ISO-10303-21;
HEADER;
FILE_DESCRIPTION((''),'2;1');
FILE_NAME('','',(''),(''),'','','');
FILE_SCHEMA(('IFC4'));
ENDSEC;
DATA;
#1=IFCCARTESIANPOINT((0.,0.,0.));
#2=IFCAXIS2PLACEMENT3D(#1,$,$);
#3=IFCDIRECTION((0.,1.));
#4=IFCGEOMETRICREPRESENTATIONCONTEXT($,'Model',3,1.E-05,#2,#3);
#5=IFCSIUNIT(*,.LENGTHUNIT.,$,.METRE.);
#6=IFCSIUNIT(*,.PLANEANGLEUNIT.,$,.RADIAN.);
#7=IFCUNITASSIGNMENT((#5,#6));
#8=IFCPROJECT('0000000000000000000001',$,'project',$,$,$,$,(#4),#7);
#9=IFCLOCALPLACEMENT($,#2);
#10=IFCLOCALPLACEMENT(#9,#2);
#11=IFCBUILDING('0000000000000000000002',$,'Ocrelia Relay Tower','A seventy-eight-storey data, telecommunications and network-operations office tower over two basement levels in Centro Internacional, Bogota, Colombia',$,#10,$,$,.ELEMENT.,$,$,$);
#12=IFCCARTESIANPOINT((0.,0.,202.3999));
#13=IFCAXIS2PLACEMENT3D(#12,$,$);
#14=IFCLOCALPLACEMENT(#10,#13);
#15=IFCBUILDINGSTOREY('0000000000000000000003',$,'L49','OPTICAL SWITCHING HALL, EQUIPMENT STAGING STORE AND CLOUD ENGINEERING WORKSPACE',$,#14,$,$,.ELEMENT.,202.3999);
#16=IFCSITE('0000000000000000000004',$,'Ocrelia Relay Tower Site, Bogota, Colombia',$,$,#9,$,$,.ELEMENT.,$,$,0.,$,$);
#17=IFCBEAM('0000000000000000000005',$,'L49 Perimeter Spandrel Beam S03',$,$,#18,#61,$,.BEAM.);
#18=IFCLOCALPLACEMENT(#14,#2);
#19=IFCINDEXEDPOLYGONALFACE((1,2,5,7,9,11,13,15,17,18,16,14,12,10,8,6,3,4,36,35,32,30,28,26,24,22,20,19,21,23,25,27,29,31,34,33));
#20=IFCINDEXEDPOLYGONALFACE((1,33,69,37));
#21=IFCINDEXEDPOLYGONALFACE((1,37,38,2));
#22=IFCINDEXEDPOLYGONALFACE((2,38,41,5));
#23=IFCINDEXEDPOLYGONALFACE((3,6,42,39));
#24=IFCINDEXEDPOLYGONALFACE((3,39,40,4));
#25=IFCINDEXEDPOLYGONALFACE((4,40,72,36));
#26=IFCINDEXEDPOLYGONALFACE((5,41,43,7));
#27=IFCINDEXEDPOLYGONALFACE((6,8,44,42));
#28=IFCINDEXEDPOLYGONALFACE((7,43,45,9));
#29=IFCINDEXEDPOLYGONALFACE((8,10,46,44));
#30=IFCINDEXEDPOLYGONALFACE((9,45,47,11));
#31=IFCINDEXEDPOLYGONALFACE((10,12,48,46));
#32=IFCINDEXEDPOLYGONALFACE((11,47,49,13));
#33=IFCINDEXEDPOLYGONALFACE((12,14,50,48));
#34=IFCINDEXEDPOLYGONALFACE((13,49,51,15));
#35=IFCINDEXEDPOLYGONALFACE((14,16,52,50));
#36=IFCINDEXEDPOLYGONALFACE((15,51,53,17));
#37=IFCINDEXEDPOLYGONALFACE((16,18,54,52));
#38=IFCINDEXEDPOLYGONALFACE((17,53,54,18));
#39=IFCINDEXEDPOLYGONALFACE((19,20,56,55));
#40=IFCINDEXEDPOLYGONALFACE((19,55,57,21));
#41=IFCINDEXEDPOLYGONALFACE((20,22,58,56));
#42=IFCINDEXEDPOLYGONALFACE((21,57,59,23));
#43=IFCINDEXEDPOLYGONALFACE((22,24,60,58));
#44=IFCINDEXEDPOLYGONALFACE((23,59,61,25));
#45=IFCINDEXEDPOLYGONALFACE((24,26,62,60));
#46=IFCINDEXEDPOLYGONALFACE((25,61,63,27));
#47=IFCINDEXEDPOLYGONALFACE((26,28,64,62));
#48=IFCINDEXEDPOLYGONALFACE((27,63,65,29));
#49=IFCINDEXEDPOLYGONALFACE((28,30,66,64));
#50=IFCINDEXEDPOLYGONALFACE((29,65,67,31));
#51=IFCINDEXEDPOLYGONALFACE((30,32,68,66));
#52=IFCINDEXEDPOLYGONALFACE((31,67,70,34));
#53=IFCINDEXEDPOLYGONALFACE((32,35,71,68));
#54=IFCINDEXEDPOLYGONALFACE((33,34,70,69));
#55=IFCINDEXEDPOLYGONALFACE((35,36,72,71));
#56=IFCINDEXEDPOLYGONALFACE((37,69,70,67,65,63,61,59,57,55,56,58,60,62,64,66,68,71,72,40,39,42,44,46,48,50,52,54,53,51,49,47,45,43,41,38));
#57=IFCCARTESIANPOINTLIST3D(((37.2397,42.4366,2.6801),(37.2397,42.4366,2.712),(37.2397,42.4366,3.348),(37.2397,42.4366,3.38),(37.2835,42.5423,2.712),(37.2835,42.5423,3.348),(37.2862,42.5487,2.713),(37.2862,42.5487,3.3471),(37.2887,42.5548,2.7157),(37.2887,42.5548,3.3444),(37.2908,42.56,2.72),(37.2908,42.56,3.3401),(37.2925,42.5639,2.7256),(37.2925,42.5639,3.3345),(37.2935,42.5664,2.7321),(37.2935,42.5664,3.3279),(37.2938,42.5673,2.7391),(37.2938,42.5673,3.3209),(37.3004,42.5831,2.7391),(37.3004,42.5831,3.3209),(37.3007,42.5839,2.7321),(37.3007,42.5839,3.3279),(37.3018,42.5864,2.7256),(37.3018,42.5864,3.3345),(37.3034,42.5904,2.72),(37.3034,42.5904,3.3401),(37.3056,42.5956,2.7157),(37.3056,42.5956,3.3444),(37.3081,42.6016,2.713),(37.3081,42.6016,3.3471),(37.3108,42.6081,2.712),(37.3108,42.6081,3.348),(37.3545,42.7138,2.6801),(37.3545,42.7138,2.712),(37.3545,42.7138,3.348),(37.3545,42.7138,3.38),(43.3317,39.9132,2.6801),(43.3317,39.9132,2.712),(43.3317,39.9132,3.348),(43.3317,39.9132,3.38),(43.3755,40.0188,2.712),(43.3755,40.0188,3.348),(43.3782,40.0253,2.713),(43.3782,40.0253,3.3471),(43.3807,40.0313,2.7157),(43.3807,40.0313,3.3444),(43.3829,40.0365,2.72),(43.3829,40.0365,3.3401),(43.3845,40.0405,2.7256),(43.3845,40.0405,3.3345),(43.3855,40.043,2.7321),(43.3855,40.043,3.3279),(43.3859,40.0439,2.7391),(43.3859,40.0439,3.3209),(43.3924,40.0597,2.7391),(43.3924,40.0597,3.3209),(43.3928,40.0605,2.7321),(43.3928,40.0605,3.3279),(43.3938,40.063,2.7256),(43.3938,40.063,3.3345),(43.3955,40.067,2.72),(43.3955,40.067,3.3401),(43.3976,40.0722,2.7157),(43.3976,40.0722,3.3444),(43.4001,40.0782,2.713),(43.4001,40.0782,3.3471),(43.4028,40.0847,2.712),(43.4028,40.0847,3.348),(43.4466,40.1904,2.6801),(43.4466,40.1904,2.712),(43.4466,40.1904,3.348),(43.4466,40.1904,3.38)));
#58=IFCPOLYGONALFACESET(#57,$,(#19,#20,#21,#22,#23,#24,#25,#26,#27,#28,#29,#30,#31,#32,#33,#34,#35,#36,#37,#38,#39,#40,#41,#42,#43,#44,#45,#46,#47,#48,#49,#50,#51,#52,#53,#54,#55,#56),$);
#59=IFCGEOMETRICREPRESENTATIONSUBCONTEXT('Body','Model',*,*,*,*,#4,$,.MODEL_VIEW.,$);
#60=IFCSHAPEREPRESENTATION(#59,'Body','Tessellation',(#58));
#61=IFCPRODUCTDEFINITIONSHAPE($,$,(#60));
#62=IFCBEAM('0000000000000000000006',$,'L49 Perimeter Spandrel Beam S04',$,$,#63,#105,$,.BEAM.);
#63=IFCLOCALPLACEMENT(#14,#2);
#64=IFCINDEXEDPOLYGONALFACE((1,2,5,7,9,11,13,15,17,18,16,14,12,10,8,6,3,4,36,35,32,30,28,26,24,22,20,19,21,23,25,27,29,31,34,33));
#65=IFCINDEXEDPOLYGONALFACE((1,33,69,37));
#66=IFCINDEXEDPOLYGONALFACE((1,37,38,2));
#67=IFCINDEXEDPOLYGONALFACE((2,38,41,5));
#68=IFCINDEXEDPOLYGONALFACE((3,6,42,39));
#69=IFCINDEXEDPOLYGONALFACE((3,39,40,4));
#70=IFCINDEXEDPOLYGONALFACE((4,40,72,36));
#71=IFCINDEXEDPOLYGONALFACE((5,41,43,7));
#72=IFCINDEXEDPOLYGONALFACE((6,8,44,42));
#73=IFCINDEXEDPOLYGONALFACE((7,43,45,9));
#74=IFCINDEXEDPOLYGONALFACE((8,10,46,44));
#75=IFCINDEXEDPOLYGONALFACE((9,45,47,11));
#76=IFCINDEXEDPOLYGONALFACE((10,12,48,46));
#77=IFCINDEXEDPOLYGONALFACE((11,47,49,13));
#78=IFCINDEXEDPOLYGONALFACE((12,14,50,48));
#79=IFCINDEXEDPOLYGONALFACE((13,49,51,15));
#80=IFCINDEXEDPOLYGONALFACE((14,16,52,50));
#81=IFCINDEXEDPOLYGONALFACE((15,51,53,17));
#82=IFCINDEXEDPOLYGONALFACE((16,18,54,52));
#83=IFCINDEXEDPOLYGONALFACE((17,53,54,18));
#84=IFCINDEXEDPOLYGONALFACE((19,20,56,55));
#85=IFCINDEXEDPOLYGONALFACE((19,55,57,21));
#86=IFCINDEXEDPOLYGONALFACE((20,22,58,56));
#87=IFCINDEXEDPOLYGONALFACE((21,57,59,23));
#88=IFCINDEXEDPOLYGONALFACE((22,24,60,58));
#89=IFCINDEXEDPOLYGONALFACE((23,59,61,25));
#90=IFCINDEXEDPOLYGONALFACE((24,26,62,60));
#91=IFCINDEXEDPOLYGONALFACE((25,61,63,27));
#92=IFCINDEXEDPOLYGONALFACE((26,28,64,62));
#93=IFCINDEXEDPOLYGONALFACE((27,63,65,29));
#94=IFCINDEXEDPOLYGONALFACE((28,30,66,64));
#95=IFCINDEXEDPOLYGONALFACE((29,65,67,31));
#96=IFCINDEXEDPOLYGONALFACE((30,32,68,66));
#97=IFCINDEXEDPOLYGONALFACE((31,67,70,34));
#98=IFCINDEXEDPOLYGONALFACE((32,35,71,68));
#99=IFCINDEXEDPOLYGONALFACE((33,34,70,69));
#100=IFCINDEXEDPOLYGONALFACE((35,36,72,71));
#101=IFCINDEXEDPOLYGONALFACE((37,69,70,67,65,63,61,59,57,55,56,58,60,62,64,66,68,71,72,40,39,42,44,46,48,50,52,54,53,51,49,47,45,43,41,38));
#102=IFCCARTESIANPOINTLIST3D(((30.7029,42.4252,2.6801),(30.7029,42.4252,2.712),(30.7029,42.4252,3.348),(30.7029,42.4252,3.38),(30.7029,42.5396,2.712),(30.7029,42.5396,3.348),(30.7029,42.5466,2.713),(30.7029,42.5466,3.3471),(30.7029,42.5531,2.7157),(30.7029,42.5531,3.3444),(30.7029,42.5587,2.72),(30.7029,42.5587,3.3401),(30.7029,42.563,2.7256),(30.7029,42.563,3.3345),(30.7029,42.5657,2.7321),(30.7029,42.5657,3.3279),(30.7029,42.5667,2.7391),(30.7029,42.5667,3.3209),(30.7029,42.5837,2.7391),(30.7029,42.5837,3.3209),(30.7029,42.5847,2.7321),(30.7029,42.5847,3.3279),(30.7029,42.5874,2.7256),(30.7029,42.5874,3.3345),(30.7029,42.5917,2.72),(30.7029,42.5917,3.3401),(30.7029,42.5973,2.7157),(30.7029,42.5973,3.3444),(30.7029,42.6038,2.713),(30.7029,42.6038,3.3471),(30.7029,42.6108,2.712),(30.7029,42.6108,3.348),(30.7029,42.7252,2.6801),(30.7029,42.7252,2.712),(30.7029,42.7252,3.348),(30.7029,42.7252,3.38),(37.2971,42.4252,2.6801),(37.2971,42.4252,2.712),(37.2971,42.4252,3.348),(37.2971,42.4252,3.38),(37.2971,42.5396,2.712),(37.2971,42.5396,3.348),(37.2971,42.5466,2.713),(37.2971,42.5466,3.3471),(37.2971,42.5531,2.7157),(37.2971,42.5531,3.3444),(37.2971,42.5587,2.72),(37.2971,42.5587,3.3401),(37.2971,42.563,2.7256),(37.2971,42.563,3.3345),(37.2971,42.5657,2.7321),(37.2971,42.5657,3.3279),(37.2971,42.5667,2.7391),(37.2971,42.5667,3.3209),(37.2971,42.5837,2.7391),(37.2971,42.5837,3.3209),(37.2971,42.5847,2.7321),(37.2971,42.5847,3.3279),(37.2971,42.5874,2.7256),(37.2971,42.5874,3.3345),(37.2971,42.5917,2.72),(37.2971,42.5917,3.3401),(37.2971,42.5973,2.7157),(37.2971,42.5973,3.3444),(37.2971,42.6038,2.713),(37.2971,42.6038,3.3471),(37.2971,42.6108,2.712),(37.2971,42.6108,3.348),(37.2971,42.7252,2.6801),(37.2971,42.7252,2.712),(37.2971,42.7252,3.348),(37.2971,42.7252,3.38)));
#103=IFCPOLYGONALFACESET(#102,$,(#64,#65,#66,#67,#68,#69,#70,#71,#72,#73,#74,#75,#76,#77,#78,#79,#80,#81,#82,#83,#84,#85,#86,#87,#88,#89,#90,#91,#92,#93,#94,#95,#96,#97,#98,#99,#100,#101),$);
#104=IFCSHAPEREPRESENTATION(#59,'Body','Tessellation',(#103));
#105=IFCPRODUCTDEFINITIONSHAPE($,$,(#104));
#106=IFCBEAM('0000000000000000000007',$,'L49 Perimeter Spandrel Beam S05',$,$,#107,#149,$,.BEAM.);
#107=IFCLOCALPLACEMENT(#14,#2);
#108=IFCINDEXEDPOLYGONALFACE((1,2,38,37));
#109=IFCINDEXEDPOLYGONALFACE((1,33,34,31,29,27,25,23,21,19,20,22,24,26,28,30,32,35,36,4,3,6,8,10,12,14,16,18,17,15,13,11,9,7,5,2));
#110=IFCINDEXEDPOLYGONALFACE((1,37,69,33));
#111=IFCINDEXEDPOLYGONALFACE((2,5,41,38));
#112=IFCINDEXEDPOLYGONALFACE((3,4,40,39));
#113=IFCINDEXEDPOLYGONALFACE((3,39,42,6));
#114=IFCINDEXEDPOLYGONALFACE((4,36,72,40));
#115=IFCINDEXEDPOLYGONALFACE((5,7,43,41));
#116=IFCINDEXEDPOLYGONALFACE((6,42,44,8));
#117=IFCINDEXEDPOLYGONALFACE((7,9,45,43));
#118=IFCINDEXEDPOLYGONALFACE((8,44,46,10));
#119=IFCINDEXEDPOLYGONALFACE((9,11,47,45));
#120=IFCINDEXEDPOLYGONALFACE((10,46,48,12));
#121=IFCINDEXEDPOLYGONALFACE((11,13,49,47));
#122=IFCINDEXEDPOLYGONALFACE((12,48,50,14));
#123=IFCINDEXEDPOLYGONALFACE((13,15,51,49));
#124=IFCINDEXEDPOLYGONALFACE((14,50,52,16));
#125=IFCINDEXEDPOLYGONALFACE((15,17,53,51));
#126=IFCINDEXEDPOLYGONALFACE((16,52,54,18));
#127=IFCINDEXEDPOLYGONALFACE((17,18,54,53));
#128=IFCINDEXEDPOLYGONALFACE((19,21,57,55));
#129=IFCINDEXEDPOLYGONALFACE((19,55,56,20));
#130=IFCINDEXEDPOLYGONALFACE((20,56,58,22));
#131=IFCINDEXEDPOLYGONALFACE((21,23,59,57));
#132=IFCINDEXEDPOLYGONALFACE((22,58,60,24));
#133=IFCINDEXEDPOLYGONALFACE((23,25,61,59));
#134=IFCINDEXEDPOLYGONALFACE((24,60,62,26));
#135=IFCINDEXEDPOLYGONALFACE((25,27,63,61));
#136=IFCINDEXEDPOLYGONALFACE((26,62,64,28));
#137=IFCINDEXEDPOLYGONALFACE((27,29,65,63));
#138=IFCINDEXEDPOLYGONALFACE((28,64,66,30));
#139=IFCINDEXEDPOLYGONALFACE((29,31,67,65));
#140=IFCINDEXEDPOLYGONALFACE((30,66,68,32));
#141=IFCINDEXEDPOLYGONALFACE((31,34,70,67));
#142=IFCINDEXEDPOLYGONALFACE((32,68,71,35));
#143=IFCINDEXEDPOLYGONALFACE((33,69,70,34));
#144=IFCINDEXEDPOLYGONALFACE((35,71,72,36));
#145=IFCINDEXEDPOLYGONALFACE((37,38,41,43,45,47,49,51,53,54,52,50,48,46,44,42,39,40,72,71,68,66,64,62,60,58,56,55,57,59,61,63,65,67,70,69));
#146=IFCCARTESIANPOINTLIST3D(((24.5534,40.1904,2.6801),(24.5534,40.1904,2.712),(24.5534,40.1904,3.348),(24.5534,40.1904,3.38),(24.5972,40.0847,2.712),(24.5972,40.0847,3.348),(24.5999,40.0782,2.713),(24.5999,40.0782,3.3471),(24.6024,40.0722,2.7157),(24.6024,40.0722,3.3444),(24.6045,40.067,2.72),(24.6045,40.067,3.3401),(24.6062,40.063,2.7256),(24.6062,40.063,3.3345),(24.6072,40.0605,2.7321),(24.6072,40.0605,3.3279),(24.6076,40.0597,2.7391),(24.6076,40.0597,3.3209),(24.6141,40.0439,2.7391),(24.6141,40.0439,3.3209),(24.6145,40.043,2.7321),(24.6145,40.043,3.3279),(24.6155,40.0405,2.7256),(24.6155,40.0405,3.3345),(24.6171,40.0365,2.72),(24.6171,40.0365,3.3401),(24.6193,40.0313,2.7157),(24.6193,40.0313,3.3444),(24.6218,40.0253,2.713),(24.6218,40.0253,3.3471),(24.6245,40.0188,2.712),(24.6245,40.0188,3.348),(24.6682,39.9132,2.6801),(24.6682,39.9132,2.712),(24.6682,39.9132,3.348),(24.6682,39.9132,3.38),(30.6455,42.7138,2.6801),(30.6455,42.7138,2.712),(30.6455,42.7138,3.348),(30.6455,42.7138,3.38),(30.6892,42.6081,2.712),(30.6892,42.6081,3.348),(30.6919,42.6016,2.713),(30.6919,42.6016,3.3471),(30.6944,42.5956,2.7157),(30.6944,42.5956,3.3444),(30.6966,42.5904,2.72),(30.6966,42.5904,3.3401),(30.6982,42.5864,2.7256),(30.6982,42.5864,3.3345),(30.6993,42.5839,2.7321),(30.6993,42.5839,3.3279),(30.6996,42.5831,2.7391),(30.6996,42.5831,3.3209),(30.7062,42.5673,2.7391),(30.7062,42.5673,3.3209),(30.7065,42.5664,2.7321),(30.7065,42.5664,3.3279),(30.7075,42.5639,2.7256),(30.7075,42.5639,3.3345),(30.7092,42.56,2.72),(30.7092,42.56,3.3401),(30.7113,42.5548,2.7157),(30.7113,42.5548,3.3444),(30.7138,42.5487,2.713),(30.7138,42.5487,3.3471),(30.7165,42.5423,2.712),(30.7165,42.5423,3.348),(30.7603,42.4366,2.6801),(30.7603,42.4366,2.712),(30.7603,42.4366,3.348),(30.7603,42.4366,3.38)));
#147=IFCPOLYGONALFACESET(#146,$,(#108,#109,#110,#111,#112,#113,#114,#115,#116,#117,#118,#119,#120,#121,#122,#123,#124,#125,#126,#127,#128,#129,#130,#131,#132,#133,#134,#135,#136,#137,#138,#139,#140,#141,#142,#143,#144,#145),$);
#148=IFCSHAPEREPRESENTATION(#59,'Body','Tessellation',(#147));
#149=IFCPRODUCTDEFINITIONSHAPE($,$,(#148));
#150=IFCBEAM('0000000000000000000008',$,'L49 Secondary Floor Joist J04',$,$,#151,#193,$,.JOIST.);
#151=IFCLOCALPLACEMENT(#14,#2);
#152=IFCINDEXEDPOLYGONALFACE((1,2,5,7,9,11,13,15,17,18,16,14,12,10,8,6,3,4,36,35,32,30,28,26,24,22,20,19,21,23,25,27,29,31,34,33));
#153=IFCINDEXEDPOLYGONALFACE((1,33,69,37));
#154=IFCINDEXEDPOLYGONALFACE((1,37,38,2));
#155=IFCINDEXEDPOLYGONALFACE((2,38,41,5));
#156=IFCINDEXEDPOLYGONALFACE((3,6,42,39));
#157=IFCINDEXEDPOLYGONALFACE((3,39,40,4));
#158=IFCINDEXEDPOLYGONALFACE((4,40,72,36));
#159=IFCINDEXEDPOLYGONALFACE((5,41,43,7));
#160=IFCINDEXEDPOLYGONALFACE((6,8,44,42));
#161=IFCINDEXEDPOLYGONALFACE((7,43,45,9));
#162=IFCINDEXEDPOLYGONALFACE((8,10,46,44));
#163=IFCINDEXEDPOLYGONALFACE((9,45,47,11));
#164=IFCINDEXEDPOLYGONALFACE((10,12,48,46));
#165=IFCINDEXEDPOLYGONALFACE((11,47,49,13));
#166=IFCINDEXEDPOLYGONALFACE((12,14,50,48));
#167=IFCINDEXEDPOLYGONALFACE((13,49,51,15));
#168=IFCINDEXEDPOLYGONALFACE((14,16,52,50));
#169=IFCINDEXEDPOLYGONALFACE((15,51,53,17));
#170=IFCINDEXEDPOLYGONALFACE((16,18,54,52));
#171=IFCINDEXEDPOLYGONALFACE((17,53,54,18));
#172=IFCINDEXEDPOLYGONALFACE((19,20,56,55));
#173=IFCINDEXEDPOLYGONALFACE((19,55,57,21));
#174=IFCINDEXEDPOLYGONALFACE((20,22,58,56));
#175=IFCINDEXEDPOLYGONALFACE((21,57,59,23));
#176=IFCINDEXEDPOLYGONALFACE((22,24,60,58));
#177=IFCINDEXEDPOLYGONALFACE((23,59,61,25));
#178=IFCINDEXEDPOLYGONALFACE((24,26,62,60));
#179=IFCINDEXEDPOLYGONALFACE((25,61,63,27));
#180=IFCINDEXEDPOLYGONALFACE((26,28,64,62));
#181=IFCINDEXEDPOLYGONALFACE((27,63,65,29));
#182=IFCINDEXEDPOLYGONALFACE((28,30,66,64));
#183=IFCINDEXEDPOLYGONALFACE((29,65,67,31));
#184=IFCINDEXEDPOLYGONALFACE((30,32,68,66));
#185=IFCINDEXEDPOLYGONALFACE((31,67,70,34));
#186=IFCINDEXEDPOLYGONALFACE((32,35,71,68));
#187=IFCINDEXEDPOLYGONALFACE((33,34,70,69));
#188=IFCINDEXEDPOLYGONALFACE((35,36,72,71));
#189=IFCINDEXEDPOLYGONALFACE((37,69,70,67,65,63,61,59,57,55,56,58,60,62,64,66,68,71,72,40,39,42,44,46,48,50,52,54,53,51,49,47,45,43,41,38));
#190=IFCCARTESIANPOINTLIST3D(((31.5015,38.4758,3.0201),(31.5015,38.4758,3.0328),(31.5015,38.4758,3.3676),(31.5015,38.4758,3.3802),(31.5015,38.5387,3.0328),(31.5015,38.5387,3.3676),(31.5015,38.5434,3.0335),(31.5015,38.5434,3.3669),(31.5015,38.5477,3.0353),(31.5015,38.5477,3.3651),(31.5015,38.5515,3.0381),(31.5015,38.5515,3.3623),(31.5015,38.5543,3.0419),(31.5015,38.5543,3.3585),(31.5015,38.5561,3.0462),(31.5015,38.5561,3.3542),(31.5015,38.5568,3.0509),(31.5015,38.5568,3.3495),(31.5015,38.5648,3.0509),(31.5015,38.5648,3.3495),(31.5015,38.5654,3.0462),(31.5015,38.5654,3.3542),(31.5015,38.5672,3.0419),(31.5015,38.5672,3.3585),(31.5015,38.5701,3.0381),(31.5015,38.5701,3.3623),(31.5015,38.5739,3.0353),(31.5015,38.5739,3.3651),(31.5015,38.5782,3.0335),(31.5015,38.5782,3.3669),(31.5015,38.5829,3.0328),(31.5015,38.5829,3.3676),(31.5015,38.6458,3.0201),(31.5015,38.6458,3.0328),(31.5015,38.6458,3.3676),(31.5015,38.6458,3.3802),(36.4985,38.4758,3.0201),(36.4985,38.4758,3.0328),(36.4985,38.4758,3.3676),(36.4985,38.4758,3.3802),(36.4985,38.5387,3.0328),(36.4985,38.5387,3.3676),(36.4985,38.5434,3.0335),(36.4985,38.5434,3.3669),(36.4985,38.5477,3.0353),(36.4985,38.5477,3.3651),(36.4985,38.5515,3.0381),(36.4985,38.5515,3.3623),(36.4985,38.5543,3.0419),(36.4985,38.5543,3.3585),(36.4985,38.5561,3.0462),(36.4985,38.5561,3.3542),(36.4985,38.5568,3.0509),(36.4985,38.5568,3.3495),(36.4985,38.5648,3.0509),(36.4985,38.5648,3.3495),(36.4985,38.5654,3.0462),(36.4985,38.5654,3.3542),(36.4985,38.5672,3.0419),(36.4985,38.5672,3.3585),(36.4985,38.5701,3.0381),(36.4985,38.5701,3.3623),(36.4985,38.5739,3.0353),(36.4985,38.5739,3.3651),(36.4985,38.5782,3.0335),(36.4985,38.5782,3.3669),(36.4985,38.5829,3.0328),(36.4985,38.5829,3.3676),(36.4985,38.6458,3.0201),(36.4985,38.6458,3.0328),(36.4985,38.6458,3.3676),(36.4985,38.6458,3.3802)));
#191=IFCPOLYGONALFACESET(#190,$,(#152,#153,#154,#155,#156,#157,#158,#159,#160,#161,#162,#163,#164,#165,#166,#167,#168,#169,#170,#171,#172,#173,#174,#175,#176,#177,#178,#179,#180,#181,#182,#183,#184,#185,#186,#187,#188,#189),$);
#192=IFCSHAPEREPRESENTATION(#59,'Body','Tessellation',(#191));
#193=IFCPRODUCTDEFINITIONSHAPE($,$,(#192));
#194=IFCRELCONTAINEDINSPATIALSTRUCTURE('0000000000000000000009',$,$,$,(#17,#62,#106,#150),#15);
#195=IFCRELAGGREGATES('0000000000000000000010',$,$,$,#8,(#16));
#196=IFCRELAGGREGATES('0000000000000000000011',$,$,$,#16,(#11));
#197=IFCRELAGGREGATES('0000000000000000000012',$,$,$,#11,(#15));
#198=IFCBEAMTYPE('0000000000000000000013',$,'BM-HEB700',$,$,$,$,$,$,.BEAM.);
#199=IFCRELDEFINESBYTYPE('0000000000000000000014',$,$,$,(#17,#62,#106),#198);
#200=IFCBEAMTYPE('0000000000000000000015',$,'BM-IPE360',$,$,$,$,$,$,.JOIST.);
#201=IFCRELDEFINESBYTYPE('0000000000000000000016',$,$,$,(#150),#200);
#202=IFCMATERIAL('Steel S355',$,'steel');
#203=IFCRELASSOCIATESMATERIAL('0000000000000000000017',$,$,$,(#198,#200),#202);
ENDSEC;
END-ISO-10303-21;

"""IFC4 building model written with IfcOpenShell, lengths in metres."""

from ifc_helpers import new_model, si_unit, direction, frame, origin, origin_2d, place, context, subcontext, project, spatial, i_section, extrude, material, material_profile, profile_set, type_object, element, save


model = new_model("IFC4")

# Units and contexts
model_context = context("Model", 3, precision=1e-05, world=origin(), true_north=direction((0.0, 1.0)))
body_context = subcontext(model_context, "Body", "Model", "MODEL_VIEW")
ifc_project = project(units=[si_unit("LENGTHUNIT", "METRE"), si_unit("PLANEANGLEUNIT", "RADIAN")], contexts=[model_context])

# Site, building, storey
site_placement = place(None, origin())
site = spatial("IfcSite", under=ifc_project, at=site_placement, Name="Ocrelia Relay Tower Site, Bogota, Colombia", CompositionType="ELEMENT", RefElevation=0.0)
building_placement = place(site_placement, origin())
building = spatial("IfcBuilding", under=site, at=building_placement, Name="Ocrelia Relay Tower", Description="A seventy-eight-storey data, telecommunications and network-operations office tower over two basement levels in Centro Internacional, Bogota, Colombia", CompositionType="ELEMENT")
storey_placement = place(building_placement, frame((0.0, 0.0, 202.3999)))
storey = spatial("IfcBuildingStorey", under=building, at=storey_placement, Name="L49", Description="OPTICAL SWITCHING HALL, EQUIPMENT STAGING STORE AND CLOUD ENGINEERING WORKSPACE", CompositionType="ELEMENT", Elevation=202.3999)

# Beams
ifc_material_1 = material(Name="Steel S355", Category="steel")
ifc_material_profile_1 = material_profile(ifc_material_1, i_section(OverallWidth=0.3, OverallDepth=0.7, WebThickness=0.0171, FlangeThickness=0.032, FilletRadius=0.0271, at=origin_2d()), Name="HEB 700")
ifc_profile_set_1 = profile_set([ifc_material_profile_1], Name="Steel S355")
beam_type_1 = type_object("IfcBeamType", Name="BM-HEB700", PredefinedType="BEAM", material=ifc_profile_set_1)
beam_1_placement = place(storey_placement, frame((43.3892, 40.0518, 3.03), z_axis=(-0.923878, 0.382688, 0.0), x_axis=(-0.382688, -0.923878, 0.0)))
element("IfcBeam", 1, at=beam_1_placement, inside=storey, type_object=beam_type_1, Name="L49 Perimeter Spandrel Beam S03", PredefinedType="BEAM", context=body_context, shape_type="SweptSolid", body=[
    extrude(i_section(OverallWidth=0.3, OverallDepth=0.7, WebThickness=0.0171, FlangeThickness=0.032, FilletRadius=0.0271, at=origin_2d()), origin(), (0.0, 0.0, 1.0), 6.594),
])
beam_2_placement = place(storey_placement, frame((37.2971, 42.5752, 3.03), z_axis=(-1.0, 0.0, 0.0), x_axis=(0.0, -1.0, 0.0)))
element("IfcBeam", 2, at=beam_2_placement, inside=storey, type_object=beam_type_1, Name="L49 Perimeter Spandrel Beam S04", PredefinedType="BEAM", context=body_context, shape_type="SweptSolid", body=[
    extrude(i_section(OverallWidth=0.3, OverallDepth=0.7, WebThickness=0.0171, FlangeThickness=0.032, FilletRadius=0.0271, at=origin_2d()), origin(), (0.0, 0.0, 1.0), 6.5942),
])
beam_3_placement = place(storey_placement, frame((30.7029, 42.5752, 3.03), z_axis=(-0.923878, -0.382688, 0.0), x_axis=(0.382688, -0.923878, 0.0)))
element("IfcBeam", 3, at=beam_3_placement, inside=storey, type_object=beam_type_1, Name="L49 Perimeter Spandrel Beam S05", PredefinedType="BEAM", context=body_context, shape_type="SweptSolid", body=[
    extrude(i_section(OverallWidth=0.3, OverallDepth=0.7, WebThickness=0.0171, FlangeThickness=0.032, FilletRadius=0.0271, at=origin_2d()), origin(), (0.0, 0.0, 1.0), 6.594),
])
ifc_material_profile_2 = material_profile(ifc_material_1, i_section(OverallWidth=0.1699, OverallDepth=0.3601, WebThickness=0.0081, FlangeThickness=0.0127, FilletRadius=0.0181, at=origin_2d()), Name="IPE 360")
ifc_profile_set_2 = profile_set([ifc_material_profile_2], Name="Steel S355")
beam_type_2 = type_object("IfcBeamType", Name="BM-IPE360", PredefinedType="JOIST", material=ifc_profile_set_2)
beam_4_placement = place(storey_placement, frame((36.4985, 38.5608, 3.2002), z_axis=(-1.0, 0.0, 0.0), x_axis=(0.0, -1.0, 0.0)))
element("IfcBeam", 4, at=beam_4_placement, inside=storey, type_object=beam_type_2, Name="L49 Secondary Floor Joist J04", PredefinedType="JOIST", context=body_context, shape_type="SweptSolid", body=[
    extrude(i_section(OverallWidth=0.1699, OverallDepth=0.3601, WebThickness=0.0081, FlangeThickness=0.0127, FilletRadius=0.0181, at=origin_2d()), origin(), (0.0, 0.0, 1.0), 4.9971),
])

save(model, "model.ifc")
